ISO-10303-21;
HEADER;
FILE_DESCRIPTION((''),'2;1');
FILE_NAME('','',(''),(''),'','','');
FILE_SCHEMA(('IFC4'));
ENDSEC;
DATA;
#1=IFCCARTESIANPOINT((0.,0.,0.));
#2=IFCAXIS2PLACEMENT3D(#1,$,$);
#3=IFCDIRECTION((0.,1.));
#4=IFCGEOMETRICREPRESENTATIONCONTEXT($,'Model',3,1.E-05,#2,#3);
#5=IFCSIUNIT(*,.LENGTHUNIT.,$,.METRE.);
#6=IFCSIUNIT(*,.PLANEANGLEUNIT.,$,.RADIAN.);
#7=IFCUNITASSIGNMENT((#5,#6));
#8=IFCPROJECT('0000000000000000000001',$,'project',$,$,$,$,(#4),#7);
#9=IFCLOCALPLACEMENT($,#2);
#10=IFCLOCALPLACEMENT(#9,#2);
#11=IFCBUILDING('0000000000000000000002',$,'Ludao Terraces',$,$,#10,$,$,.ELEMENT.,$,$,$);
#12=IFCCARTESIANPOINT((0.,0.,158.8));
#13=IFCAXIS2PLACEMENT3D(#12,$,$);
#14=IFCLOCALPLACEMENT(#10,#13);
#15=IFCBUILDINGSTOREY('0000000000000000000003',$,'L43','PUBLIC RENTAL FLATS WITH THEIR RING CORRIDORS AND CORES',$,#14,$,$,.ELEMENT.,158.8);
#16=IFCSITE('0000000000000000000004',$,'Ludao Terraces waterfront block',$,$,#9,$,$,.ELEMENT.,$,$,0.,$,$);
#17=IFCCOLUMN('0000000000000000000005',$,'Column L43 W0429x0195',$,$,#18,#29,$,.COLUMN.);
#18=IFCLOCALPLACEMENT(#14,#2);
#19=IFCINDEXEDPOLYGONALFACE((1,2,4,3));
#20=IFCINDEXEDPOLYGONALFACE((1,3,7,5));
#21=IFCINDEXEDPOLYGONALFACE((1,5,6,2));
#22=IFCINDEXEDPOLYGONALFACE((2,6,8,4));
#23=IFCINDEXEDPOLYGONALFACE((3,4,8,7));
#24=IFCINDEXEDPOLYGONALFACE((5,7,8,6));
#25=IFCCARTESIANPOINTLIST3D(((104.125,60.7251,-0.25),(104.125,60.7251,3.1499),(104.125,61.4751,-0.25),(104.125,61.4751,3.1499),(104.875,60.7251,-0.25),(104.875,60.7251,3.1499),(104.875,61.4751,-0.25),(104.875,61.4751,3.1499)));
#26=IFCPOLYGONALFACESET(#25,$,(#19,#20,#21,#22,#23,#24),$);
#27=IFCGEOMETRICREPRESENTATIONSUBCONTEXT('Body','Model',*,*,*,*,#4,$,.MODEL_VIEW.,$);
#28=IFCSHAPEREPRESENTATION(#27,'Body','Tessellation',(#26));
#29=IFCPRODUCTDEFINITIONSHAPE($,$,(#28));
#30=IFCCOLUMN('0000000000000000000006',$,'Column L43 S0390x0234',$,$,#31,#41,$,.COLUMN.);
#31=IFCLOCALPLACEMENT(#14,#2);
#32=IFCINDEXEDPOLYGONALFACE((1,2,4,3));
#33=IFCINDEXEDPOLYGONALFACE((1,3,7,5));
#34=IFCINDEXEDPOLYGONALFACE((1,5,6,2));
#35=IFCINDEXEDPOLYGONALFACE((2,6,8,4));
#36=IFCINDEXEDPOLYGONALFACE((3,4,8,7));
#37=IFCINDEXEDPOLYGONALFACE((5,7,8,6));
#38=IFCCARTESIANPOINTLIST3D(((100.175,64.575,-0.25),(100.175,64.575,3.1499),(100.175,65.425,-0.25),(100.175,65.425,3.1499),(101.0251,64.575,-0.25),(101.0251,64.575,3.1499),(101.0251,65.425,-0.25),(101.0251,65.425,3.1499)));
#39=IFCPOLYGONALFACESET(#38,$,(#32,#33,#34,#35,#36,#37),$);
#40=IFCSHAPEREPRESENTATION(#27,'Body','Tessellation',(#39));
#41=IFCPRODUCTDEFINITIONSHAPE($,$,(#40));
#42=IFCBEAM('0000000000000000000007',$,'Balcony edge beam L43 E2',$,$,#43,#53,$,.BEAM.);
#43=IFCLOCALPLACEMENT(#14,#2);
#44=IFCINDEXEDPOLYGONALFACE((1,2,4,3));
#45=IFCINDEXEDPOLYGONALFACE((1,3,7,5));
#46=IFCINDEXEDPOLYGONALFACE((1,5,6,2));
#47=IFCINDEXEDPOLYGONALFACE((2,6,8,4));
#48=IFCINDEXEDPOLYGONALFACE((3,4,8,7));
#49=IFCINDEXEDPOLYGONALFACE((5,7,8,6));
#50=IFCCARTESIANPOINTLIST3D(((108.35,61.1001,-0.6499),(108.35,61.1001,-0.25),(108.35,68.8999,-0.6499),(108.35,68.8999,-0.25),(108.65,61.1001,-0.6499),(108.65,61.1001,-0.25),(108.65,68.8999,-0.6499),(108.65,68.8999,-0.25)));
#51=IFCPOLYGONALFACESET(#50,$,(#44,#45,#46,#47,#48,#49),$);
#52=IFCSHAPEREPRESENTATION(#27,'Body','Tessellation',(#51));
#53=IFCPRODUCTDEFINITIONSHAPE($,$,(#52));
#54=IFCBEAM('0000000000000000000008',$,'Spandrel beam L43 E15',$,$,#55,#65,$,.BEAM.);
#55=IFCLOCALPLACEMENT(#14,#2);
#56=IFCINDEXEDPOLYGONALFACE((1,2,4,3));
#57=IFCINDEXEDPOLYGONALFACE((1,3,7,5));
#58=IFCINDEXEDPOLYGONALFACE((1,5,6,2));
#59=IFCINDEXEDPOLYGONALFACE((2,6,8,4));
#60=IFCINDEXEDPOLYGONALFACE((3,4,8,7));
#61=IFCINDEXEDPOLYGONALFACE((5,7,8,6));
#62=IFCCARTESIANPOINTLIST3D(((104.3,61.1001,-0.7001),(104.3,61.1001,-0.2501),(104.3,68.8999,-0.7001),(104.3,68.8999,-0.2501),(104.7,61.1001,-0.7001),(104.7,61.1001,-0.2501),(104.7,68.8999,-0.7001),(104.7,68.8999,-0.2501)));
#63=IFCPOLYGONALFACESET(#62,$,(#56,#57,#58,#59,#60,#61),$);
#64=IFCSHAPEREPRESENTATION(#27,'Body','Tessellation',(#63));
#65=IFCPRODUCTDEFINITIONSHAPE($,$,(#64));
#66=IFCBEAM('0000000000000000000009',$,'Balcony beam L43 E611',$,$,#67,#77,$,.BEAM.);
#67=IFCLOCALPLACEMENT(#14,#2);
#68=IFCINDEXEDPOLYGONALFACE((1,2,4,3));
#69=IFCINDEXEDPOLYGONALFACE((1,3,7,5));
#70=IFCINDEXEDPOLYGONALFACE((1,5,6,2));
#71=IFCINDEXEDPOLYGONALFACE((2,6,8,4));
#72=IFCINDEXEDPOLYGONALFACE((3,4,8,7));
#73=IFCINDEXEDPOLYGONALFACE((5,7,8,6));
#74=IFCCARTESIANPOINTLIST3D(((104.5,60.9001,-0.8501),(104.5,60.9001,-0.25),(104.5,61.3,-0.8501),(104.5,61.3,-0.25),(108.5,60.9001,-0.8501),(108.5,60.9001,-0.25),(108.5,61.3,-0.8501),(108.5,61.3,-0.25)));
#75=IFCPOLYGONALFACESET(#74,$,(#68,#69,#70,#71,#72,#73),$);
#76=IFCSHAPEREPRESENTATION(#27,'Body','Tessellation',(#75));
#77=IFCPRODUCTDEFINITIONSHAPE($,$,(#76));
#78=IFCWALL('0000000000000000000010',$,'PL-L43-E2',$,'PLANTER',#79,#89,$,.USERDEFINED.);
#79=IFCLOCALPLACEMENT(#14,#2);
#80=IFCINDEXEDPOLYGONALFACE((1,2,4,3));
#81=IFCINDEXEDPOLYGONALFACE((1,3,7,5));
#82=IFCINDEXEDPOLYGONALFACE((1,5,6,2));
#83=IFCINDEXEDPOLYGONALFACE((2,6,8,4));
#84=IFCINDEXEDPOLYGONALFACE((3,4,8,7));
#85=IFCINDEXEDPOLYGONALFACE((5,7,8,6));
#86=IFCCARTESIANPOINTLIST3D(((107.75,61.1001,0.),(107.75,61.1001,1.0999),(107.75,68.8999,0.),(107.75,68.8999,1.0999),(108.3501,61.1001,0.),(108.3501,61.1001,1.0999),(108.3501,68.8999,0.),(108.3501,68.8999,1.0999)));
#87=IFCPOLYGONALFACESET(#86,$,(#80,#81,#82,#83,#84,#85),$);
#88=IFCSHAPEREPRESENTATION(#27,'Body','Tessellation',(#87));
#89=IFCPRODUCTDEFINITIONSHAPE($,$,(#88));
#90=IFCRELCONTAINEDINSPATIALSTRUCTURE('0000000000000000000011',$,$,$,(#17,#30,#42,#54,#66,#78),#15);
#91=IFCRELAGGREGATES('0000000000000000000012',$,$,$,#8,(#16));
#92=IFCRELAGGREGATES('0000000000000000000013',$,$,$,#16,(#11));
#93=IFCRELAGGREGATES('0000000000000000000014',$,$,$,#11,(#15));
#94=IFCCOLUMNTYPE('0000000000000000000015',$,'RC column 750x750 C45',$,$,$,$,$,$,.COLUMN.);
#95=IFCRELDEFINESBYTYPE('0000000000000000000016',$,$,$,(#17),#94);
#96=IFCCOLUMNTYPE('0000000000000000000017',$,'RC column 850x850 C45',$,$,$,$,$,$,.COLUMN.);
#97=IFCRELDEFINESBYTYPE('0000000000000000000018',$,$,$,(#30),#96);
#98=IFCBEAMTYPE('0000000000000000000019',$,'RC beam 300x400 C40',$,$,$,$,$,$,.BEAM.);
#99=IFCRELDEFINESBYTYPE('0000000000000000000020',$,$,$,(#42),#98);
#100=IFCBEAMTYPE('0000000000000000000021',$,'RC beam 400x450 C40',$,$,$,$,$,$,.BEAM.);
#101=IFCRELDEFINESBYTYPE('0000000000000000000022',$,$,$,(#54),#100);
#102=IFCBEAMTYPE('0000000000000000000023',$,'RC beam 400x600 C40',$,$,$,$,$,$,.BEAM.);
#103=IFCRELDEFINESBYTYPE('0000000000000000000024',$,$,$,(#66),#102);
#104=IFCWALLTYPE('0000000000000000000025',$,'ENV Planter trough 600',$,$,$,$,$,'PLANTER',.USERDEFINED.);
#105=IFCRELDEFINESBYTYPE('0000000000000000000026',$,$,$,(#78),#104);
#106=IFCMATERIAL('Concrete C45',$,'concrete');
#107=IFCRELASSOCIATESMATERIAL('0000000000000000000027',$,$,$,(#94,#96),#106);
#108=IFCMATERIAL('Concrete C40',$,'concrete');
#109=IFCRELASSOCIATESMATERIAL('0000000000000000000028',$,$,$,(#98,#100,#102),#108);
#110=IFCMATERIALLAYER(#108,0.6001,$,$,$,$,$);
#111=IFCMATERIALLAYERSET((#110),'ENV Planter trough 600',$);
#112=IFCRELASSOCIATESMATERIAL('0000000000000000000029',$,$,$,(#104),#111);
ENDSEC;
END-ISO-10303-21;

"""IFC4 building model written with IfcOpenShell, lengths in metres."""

from ifc_helpers import new_model, si_unit, direction, frame, frame_2d, origin, origin_2d, place, context, subcontext, project, spatial, rectangle, extrude, material, layer, layer_set, material_profile, profile_set, type_object, element, save


model = new_model("IFC4")

# Units and contexts
model_context = context("Model", 3, precision=1e-05, world=origin(), true_north=direction((0.0, 1.0)))
body_context = subcontext(model_context, "Body", "Model", "MODEL_VIEW")
ifc_project = project(units=[si_unit("LENGTHUNIT", "METRE"), si_unit("PLANEANGLEUNIT", "RADIAN")], contexts=[model_context])

# Site, building, storey
site_placement = place(None, origin())
site = spatial("IfcSite", under=ifc_project, at=site_placement, Name="Ludao Terraces waterfront block", CompositionType="ELEMENT", RefElevation=0.0)
building_placement = place(site_placement, origin())
building = spatial("IfcBuilding", under=site, at=building_placement, Name="Ludao Terraces", CompositionType="ELEMENT")
storey_placement = place(building_placement, frame((0.0, 0.0, 158.8)))
storey = spatial("IfcBuildingStorey", under=building, at=storey_placement, Name="L43", Description="PUBLIC RENTAL FLATS WITH THEIR RING CORRIDORS AND CORES", CompositionType="ELEMENT", Elevation=158.8)

# Columns
ifc_material_1 = material(Name="Concrete C45", Category="concrete")
ifc_material_profile_1 = material_profile(ifc_material_1, rectangle(XDim=0.75, YDim=0.75, at=origin_2d()), Name="750 X 750")
ifc_profile_set_1 = profile_set([ifc_material_profile_1], Name="Concrete C45")
column_type_1 = type_object("IfcColumnType", Name="RC column 750x750 C45", PredefinedType="COLUMN", material=ifc_profile_set_1)
column_1_placement = place(storey_placement, frame((104.5, 61.1001, -0.25), z_axis=(0.0, 0.0, 1.0), x_axis=(1.0, 0.0, 0.0)))
element("IfcColumn", 1, at=column_1_placement, inside=storey, type_object=column_type_1, Name="Column L43 W0429x0195", PredefinedType="COLUMN", context=body_context, shape_type="SweptSolid", body=[
    extrude(rectangle(XDim=0.75, YDim=0.75, at=origin_2d()), origin(), (0.0, 0.0, 1.0), 3.3999),
])
ifc_material_profile_2 = material_profile(ifc_material_1, rectangle(XDim=0.8501, YDim=0.8501, at=origin_2d()), Name="850 X 850")
ifc_profile_set_2 = profile_set([ifc_material_profile_2], Name="Concrete C45")
column_type_2 = type_object("IfcColumnType", Name="RC column 850x850 C45", PredefinedType="COLUMN", material=ifc_profile_set_2)
column_2_placement = place(storey_placement, frame((100.6001, 65.0, -0.25), z_axis=(0.0, 0.0, 1.0), x_axis=(1.0, 0.0, 0.0)))
element("IfcColumn", 2, at=column_2_placement, inside=storey, type_object=column_type_2, Name="Column L43 S0390x0234", PredefinedType="COLUMN", context=body_context, shape_type="SweptSolid", body=[
    extrude(rectangle(XDim=0.8501, YDim=0.8501, at=origin_2d()), origin(), (0.0, 0.0, 1.0), 3.3999),
])

# Beams
ifc_material_2 = material(Name="Concrete C40", Category="concrete")
ifc_material_profile_3 = material_profile(ifc_material_2, rectangle(XDim=0.3, YDim=0.3999, at=origin_2d()), Name="300 X 400")
ifc_profile_set_3 = profile_set([ifc_material_profile_3], Name="Concrete C40")
beam_type_1 = type_object("IfcBeamType", Name="RC beam 300x400 C40", PredefinedType="BEAM", material=ifc_profile_set_3)
beam_1_placement = place(storey_placement, frame((108.5, 61.1001, -0.45), z_axis=(0.0, 1.0, 0.0), x_axis=(-1.0, 0.0, 0.0)))
element("IfcBeam", 3, at=beam_1_placement, inside=storey, type_object=beam_type_1, Name="Balcony edge beam L43 E2", PredefinedType="BEAM", context=body_context, shape_type="SweptSolid", body=[
    extrude(rectangle(XDim=0.3, YDim=0.3999, at=origin_2d()), origin(), (0.0, 0.0, 1.0), 7.7998),
])
ifc_material_profile_4 = material_profile(ifc_material_2, rectangle(XDim=0.3999, YDim=0.45, at=origin_2d()), Name="400 X 450")
ifc_profile_set_4 = profile_set([ifc_material_profile_4], Name="Concrete C40")
beam_type_2 = type_object("IfcBeamType", Name="RC beam 400x450 C40", PredefinedType="BEAM", material=ifc_profile_set_4)
beam_2_placement = place(storey_placement, frame((104.5, 61.1001, -0.4751), z_axis=(0.0, 1.0, 0.0), x_axis=(-1.0, 0.0, 0.0)))
element("IfcBeam", 4, at=beam_2_placement, inside=storey, type_object=beam_type_2, Name="Spandrel beam L43 E15", PredefinedType="BEAM", context=body_context, shape_type="SweptSolid", body=[
    extrude(rectangle(XDim=0.3999, YDim=0.45, at=origin_2d()), origin(), (0.0, 0.0, 1.0), 7.7998),
])
ifc_material_profile_5 = material_profile(ifc_material_2, rectangle(XDim=0.3999, YDim=0.6001, at=origin_2d()), Name="400 X 600")
ifc_profile_set_5 = profile_set([ifc_material_profile_5], Name="Concrete C40")
beam_type_3 = type_object("IfcBeamType", Name="RC beam 400x600 C40", PredefinedType="BEAM", material=ifc_profile_set_5)
beam_3_placement = place(storey_placement, frame((104.5, 61.1001, -0.55), z_axis=(1.0, 0.0, 0.0), x_axis=(0.0, 1.0, 0.0)))
element("IfcBeam", 5, at=beam_3_placement, inside=storey, type_object=beam_type_3, Name="Balcony beam L43 E611", PredefinedType="BEAM", context=body_context, shape_type="SweptSolid", body=[
    extrude(rectangle(XDim=0.3999, YDim=0.6001, at=origin_2d()), origin(), (0.0, 0.0, 1.0), 4.0),
])

# Wall
ifc_layer_1 = layer(ifc_material_2, 0.6001)
ifc_layer_set_1 = layer_set([ifc_layer_1], Name="ENV Planter trough 600")
wall_type_1 = type_object("IfcWallType", Name="ENV Planter trough 600", ElementType="PLANTER", PredefinedType="USERDEFINED", material=ifc_layer_set_1)
wall_1_placement = place(storey_placement, frame((108.05, 61.1001, 0.0), z_axis=(0.0, 0.0, 1.0), x_axis=(0.0, 1.0, 0.0)))
element("IfcWall", 6, at=wall_1_placement, inside=storey, type_object=wall_type_1, Name="PL-L43-E2", ObjectType="PLANTER", PredefinedType="USERDEFINED", context=body_context, shape_type="SweptSolid", body=[
    extrude(rectangle(XDim=7.7998, YDim=0.6001, at=frame_2d((3.8999, 0.0))), origin(), (0.0, 0.0, 1.0), 1.0999),
])

save(model, "model.ifc")
